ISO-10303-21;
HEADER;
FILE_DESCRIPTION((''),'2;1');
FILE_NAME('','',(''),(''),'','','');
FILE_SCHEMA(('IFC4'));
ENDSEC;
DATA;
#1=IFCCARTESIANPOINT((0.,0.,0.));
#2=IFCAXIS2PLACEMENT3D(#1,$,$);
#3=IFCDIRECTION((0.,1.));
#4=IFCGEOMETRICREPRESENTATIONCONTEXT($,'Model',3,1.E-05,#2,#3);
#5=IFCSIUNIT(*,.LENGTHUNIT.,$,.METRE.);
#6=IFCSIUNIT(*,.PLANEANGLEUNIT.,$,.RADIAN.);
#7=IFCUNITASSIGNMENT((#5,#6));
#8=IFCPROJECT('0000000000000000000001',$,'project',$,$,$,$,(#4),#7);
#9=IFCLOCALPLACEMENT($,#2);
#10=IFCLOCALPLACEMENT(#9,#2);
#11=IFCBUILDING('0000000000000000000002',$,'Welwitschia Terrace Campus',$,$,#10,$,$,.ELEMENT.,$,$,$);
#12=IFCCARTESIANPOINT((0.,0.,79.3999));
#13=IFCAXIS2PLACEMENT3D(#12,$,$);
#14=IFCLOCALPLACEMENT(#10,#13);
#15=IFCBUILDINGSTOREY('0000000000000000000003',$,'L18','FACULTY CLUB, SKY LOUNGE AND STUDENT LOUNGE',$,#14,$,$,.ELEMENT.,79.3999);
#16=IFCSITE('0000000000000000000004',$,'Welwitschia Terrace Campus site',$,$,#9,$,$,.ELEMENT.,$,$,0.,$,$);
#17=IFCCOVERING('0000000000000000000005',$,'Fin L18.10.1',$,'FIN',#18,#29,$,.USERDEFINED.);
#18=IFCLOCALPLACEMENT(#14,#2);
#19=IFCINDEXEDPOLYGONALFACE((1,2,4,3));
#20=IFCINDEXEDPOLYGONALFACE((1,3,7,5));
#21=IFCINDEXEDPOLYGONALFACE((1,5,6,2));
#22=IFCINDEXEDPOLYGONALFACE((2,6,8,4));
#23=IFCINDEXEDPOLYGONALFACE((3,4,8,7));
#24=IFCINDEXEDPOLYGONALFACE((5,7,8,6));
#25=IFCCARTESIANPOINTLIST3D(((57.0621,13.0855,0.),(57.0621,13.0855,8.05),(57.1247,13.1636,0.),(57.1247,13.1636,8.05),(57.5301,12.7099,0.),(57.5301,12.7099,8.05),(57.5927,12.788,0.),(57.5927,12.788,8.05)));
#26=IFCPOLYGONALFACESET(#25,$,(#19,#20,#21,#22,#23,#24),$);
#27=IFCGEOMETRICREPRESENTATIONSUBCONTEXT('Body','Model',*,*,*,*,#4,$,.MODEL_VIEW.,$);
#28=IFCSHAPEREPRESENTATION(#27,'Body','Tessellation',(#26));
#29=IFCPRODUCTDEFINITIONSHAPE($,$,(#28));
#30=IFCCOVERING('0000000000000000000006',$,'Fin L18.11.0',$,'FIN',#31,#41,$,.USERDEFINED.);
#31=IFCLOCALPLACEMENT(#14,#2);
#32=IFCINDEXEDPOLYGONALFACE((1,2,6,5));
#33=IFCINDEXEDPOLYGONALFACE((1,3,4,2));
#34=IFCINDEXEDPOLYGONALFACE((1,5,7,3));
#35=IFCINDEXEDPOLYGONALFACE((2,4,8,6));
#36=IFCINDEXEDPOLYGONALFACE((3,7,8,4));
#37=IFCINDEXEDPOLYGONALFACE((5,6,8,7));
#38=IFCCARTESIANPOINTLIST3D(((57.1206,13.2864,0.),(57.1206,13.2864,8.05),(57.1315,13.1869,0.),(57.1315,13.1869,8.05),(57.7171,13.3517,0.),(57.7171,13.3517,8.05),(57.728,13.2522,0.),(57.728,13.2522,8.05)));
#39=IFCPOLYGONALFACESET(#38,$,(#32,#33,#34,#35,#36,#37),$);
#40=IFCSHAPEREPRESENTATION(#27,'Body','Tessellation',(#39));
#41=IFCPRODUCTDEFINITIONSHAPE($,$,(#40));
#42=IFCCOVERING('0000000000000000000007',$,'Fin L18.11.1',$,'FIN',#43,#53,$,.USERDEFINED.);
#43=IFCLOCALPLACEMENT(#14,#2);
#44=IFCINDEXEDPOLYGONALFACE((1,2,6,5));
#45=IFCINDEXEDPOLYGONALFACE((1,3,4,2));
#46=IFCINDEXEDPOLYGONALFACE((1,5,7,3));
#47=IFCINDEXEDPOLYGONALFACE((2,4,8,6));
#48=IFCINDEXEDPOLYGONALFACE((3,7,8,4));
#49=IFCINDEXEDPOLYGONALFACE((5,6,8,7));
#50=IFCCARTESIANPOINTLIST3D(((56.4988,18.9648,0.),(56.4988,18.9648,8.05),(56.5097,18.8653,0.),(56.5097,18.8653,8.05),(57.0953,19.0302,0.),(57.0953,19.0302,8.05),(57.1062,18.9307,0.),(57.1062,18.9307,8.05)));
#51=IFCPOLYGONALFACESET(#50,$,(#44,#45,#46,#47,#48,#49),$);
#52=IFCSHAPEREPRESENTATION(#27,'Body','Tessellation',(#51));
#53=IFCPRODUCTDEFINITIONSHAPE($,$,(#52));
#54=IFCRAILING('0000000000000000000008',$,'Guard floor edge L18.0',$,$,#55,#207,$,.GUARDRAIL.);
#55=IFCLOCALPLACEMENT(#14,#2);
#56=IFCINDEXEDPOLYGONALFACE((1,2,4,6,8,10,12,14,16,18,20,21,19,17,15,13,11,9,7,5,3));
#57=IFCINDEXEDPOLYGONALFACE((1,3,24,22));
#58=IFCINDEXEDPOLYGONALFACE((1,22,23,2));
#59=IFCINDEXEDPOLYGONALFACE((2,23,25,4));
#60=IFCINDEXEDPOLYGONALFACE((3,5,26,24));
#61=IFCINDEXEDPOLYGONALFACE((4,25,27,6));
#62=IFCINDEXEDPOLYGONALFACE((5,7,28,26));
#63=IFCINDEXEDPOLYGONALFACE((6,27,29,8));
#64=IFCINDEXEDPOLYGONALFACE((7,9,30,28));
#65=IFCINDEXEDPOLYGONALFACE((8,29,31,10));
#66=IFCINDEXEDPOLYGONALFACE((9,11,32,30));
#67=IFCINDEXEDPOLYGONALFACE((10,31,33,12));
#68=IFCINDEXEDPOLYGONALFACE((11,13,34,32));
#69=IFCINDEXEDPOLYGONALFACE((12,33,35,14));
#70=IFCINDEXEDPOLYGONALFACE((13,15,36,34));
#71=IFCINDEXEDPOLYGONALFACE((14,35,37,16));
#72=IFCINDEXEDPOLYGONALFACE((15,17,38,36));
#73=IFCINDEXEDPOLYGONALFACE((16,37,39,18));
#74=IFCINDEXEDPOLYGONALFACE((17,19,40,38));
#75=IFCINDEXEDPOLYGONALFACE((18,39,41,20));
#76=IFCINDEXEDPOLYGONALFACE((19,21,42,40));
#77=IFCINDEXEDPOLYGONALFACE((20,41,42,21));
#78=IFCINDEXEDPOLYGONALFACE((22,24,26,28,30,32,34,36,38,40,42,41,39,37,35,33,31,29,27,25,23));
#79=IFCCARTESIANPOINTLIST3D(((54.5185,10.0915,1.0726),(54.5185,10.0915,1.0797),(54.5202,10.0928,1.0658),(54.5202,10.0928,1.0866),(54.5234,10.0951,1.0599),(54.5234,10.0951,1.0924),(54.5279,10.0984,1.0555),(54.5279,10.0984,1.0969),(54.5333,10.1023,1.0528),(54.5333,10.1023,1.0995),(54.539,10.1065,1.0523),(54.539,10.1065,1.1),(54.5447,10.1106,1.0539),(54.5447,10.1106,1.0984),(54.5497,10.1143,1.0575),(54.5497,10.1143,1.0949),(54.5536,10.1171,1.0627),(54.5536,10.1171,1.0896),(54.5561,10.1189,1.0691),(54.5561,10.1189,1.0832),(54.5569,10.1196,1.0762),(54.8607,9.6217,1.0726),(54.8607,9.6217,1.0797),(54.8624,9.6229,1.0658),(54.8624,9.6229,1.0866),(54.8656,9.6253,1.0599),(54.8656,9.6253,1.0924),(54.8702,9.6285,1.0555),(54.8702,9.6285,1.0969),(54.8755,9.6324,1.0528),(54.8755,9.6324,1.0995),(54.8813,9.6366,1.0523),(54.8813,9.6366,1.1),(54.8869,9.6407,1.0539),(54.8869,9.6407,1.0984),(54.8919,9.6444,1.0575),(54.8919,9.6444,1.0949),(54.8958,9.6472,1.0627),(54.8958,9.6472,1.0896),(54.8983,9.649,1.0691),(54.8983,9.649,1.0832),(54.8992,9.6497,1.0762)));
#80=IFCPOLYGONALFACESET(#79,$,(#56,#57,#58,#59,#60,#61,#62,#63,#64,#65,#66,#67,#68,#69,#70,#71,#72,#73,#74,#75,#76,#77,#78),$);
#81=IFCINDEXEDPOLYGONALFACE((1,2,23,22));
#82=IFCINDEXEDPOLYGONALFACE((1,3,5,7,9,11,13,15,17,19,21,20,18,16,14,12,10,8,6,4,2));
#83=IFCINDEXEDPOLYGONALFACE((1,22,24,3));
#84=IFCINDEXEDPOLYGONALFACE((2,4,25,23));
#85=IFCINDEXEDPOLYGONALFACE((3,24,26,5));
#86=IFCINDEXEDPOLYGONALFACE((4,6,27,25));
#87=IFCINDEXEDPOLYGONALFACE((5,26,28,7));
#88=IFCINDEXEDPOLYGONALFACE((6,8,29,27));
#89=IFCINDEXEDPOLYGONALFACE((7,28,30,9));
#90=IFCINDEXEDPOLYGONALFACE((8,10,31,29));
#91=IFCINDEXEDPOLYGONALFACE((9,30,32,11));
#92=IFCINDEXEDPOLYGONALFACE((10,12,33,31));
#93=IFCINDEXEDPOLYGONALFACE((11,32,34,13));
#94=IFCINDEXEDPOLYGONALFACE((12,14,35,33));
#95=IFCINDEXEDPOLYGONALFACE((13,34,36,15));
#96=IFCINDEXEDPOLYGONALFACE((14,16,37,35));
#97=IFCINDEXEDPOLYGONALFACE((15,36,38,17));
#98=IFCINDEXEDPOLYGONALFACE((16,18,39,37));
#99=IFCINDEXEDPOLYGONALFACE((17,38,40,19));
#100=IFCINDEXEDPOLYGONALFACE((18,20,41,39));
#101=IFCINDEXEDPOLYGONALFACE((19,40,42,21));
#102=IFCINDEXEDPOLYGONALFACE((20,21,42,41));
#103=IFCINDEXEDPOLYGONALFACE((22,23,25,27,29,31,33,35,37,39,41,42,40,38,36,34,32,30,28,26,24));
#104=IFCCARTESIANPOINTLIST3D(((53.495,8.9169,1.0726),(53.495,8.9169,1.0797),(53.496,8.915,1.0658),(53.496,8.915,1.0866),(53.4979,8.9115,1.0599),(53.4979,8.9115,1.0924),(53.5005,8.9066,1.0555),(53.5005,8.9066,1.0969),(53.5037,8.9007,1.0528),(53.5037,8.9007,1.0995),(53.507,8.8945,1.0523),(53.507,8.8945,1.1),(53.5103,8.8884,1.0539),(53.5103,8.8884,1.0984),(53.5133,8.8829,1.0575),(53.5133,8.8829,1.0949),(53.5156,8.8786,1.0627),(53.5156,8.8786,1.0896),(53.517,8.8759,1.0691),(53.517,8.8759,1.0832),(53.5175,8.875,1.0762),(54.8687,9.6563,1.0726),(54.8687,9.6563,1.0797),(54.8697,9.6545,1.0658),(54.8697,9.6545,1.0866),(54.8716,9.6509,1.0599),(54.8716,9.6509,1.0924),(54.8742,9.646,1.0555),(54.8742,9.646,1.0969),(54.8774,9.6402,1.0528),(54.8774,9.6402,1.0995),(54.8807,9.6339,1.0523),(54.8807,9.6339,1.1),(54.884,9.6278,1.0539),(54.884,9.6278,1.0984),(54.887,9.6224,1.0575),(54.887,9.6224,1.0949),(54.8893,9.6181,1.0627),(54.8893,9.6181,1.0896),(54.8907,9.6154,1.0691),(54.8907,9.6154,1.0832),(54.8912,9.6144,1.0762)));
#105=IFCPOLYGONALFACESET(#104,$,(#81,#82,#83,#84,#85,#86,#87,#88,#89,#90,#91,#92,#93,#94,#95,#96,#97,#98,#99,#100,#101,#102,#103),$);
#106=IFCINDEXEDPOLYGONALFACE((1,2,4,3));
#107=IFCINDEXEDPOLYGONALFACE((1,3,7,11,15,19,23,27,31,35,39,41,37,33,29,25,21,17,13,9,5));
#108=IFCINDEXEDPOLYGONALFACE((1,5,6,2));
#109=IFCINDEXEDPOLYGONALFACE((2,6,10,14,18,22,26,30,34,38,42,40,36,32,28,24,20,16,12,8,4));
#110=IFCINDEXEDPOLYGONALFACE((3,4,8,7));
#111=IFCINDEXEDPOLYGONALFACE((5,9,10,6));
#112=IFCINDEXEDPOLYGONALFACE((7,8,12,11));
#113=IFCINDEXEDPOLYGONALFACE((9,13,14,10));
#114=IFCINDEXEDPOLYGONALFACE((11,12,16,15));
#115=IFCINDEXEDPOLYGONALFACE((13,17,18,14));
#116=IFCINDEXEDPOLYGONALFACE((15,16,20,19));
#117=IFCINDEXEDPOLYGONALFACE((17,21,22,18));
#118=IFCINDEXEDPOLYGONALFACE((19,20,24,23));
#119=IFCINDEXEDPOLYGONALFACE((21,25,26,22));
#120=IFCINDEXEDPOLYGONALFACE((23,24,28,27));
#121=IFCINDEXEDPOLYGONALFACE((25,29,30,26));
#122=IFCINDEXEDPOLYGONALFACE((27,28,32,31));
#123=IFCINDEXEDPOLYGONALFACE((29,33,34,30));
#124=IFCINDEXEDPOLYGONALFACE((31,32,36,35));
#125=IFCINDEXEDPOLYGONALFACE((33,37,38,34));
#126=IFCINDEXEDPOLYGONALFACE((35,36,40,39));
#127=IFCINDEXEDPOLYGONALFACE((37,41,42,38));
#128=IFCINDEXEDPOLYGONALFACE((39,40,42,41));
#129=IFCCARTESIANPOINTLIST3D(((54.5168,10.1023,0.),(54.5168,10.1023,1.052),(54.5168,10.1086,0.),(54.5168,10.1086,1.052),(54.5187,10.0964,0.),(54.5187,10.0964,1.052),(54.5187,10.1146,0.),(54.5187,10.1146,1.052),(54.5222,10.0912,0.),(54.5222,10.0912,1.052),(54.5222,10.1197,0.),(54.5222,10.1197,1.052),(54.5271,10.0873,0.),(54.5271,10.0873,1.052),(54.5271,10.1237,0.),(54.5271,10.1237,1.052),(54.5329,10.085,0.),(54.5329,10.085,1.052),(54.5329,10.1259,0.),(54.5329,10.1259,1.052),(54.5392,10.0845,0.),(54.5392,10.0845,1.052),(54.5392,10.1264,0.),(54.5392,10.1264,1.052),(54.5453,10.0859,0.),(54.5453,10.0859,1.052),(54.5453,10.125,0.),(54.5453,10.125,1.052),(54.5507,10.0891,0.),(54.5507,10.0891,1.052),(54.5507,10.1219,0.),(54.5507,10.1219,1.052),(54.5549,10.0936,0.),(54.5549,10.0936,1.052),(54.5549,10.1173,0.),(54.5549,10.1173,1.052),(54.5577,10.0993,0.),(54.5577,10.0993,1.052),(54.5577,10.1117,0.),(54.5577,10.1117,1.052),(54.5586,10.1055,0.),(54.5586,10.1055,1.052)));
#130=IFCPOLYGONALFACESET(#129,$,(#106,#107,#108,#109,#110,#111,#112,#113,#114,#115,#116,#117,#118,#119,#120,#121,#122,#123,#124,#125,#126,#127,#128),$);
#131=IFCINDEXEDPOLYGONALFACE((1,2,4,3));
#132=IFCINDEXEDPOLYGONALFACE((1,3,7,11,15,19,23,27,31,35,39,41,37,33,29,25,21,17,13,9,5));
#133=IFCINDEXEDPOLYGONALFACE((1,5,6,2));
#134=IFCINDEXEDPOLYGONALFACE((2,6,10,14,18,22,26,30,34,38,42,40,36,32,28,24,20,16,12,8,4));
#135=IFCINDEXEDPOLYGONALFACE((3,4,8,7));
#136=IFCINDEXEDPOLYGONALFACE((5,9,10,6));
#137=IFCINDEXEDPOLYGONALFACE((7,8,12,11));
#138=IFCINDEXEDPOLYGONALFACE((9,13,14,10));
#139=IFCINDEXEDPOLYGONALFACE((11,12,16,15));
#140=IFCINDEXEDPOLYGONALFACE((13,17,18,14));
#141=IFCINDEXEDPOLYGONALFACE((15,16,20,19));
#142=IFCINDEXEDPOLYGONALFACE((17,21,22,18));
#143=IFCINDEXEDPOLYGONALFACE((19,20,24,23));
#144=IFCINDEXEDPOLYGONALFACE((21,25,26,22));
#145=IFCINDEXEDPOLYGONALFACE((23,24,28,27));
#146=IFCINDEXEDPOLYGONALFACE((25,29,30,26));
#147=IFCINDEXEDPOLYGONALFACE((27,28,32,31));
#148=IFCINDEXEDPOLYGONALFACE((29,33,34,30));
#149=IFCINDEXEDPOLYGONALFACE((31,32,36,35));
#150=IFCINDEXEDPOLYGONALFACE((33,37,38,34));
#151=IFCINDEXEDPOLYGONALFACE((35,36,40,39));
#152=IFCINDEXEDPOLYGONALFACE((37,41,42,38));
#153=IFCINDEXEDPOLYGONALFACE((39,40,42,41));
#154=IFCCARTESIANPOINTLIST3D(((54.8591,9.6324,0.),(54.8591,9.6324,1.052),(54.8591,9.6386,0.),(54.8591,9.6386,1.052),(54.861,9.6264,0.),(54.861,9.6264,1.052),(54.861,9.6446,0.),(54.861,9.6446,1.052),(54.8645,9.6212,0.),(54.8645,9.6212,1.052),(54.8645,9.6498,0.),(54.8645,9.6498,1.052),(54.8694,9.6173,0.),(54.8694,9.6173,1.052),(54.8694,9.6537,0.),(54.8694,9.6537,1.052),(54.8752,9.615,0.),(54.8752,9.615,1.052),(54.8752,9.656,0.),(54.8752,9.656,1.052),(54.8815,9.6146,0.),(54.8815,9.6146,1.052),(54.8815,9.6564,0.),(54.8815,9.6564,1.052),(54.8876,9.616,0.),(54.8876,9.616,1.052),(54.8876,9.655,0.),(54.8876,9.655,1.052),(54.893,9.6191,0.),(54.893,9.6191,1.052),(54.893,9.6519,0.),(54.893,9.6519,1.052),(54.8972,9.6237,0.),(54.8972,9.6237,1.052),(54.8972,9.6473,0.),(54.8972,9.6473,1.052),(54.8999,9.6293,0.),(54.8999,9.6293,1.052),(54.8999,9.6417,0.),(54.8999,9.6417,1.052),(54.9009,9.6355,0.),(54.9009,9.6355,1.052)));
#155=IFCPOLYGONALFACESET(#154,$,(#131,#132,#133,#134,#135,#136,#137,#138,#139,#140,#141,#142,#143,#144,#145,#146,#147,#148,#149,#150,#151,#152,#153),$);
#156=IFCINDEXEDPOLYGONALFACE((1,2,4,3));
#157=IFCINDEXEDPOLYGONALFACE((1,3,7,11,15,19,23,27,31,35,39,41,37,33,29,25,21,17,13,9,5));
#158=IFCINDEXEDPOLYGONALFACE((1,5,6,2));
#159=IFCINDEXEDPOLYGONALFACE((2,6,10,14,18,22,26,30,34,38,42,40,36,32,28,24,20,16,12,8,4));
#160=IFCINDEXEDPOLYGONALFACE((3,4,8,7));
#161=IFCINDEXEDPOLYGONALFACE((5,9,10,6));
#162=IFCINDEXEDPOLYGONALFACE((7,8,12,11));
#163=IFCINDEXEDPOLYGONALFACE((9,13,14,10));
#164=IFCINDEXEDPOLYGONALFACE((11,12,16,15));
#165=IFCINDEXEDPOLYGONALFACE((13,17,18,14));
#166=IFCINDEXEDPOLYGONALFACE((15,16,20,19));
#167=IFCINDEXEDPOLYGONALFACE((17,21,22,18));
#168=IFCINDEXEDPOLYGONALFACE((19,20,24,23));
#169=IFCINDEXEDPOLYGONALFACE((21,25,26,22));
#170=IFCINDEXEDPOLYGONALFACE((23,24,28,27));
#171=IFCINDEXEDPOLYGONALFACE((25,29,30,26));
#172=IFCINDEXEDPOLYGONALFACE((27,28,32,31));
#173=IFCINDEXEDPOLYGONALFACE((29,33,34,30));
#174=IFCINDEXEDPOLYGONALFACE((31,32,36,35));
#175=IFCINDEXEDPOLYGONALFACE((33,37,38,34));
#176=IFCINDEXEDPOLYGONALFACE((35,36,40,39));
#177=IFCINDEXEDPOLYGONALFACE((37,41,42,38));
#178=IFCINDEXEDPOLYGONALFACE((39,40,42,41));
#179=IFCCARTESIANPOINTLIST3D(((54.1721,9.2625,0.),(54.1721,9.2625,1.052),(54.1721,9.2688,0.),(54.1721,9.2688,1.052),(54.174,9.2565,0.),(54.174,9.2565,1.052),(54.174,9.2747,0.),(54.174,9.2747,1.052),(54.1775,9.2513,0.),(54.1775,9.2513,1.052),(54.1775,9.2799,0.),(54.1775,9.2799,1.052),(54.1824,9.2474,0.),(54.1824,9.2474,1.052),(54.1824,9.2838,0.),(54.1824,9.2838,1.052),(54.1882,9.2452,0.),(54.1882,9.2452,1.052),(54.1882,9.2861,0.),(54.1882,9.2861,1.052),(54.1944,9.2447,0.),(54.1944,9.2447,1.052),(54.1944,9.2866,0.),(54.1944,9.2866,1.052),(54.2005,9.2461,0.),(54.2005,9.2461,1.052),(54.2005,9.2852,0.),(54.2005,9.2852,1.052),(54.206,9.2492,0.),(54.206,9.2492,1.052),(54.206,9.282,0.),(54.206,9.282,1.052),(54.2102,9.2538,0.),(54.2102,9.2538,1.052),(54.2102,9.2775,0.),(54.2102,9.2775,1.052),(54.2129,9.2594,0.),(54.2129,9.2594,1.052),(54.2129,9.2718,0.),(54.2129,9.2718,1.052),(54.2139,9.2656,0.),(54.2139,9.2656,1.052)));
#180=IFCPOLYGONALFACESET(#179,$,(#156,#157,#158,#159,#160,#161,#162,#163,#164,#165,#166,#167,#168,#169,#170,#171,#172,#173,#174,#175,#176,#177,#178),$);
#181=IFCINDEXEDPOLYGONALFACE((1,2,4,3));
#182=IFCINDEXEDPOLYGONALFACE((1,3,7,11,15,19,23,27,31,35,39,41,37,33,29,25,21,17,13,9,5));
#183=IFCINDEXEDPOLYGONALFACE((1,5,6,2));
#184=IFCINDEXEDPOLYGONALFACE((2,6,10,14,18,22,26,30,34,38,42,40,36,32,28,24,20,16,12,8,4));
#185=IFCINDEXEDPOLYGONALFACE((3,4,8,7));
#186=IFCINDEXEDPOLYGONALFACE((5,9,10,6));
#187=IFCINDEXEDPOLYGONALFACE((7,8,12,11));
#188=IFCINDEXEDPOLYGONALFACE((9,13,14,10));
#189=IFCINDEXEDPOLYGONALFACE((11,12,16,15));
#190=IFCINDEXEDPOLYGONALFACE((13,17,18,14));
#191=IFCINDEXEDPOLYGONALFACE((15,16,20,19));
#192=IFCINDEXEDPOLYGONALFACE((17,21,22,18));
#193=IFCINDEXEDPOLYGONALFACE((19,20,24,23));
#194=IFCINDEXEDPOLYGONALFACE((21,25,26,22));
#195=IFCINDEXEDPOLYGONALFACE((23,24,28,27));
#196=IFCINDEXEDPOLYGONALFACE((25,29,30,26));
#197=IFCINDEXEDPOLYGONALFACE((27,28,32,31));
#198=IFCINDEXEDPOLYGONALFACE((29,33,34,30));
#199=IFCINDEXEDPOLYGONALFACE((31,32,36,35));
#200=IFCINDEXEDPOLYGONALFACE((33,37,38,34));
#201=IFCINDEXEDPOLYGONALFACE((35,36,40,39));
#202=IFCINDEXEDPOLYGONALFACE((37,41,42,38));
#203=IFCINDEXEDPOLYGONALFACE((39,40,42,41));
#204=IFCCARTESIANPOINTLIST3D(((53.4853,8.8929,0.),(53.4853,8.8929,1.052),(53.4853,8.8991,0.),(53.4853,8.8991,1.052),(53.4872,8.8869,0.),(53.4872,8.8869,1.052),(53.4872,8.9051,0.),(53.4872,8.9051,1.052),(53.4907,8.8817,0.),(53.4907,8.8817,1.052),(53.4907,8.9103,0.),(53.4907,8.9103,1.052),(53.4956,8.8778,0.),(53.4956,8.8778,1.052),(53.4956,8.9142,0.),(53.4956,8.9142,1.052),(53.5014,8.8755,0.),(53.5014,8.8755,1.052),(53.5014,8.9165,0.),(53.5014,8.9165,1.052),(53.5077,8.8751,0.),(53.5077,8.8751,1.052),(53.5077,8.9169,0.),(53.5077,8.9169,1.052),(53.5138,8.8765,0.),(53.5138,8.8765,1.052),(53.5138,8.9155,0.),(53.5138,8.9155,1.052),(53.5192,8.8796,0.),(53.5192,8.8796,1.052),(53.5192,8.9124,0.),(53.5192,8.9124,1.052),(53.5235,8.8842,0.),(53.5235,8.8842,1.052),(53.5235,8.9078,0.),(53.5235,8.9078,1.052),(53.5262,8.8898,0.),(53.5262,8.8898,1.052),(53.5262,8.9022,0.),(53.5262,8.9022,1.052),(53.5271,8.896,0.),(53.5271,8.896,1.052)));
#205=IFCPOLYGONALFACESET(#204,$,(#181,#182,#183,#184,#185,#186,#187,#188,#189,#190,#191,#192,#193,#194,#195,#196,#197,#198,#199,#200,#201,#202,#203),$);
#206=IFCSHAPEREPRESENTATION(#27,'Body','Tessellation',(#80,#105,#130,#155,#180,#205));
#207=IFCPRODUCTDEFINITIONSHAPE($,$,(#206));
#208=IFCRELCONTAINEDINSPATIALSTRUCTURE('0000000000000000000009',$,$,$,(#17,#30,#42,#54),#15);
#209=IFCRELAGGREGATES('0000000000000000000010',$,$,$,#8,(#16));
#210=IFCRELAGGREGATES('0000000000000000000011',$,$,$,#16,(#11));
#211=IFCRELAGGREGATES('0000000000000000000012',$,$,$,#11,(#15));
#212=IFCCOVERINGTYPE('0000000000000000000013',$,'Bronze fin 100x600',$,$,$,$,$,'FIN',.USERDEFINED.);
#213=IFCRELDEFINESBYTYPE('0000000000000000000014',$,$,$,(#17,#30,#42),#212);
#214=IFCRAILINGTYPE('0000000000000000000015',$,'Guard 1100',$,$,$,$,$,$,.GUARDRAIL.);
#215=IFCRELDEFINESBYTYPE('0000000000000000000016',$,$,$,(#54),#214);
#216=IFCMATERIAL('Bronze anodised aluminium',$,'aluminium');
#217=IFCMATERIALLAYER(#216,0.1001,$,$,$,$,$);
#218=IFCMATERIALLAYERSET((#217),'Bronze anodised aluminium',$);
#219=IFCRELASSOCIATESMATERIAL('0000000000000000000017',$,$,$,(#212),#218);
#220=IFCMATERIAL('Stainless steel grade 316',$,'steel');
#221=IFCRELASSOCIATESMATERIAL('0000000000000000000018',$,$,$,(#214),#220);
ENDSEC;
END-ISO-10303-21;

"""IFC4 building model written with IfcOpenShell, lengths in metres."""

from ifc_helpers import new_model, si_unit, direction, frame, origin, origin_2d, place, context, subcontext, project, spatial, rectangle, circle, extrude, material, layer, layer_set, type_object, element, save


model = new_model("IFC4")

# Units and contexts
model_context = context("Model", 3, precision=1e-05, world=origin(), true_north=direction((0.0, 1.0)))
body_context = subcontext(model_context, "Body", "Model", "MODEL_VIEW")
ifc_project = project(units=[si_unit("LENGTHUNIT", "METRE"), si_unit("PLANEANGLEUNIT", "RADIAN")], contexts=[model_context])

# Site, building, storey
site_placement = place(None, origin())
site = spatial("IfcSite", under=ifc_project, at=site_placement, Name="Welwitschia Terrace Campus site", CompositionType="ELEMENT", RefElevation=0.0)
building_placement = place(site_placement, origin())
building = spatial("IfcBuilding", under=site, at=building_placement, Name="Welwitschia Terrace Campus", CompositionType="ELEMENT")
storey_placement = place(building_placement, frame((0.0, 0.0, 79.3999)))
storey = spatial("IfcBuildingStorey", under=building, at=storey_placement, Name="L18", Description="FACULTY CLUB, SKY LOUNGE AND STUDENT LOUNGE", CompositionType="ELEMENT", Elevation=79.3999)

# Coverings
ifc_material_1 = material(Name="Bronze anodised aluminium", Category="aluminium")
ifc_layer_1 = layer(ifc_material_1, 0.1001)
ifc_layer_set_1 = layer_set([ifc_layer_1], Name="Bronze anodised aluminium")
covering_type = type_object("IfcCoveringType", Name="Bronze fin 100x600", ElementType="FIN", PredefinedType="USERDEFINED", material=ifc_layer_set_1)
for number, where, z_axis, x_axis, name in (
    (1, (57.3274, 12.9368, 0.0), (0.0, 0.0, 1.0), (0.625923, 0.779884, 0.0), "Fin L18.10.1"),
    (2, (57.4243, 13.2693, 0.0), (0.0, 0.0, 1.0), (-0.108867, 0.994056, 0.0), "Fin L18.11.0"),
    (3, (56.8025, 18.9478, 0.0), (0.0, 0.0, 1.0), (-0.108867, 0.994056, 0.0), "Fin L18.11.1"),
):
    element("IfcCovering", number, at=place(storey_placement, frame(where, z_axis=z_axis, x_axis=x_axis)), inside=storey, type_object=covering_type, Name=name, ObjectType="FIN", PredefinedType="USERDEFINED", context=body_context, shape_type="SweptSolid", body=[
        extrude(rectangle(XDim=0.1001, YDim=0.6001, at=origin_2d()), origin(), (0.0, 0.0, 1.0), 8.05),
    ])

# Railing
ifc_material_2 = material(Name="Stainless steel grade 316", Category="steel")
railing_type = type_object("IfcRailingType", Name="Guard 1100", PredefinedType="GUARDRAIL", material=ifc_material_2)
railing_1_placement = place(storey_placement, frame((54.5376, 10.1055, 0.0)))
element("IfcRailing", 4, at=railing_1_placement, inside=storey, type_object=railing_type, Name="Guard floor edge L18.0", PredefinedType="GUARDRAIL", context=body_context, shape_type="SweptSolid", body=[
    extrude(circle(Radius=0.0239, at=origin_2d()), frame((0.0, 0.0, 1.0762), z_axis=(0.588721, -0.808336, 0.0), x_axis=(0.808336, 0.588721, 0.0)), (0.0, 0.0, 1.0), 0.5813),
    extrude(circle(Radius=0.0239, at=origin_2d()), frame((0.3423, -0.47, 1.0762), z_axis=(-0.880531, -0.473988, 0.0), x_axis=(0.473988, -0.880531, 0.0)), (0.0, 0.0, 1.0), 1.5601),
    extrude(circle(Radius=0.021, at=origin_2d()), origin(), (0.0, 0.0, 1.0), 1.052),
    extrude(circle(Radius=0.021, at=origin_2d()), frame((0.3423, -0.47, 0.0)), (0.0, 0.0, 1.0), 1.052),
    extrude(circle(Radius=0.021, at=origin_2d()), frame((-0.3447, -0.8398, 0.0)), (0.0, 0.0, 1.0), 1.052),
    extrude(circle(Radius=0.021, at=origin_2d()), frame((-1.0315, -1.2095, 0.0)), (0.0, 0.0, 1.0), 1.052),
])

save(model, "model.ifc")
